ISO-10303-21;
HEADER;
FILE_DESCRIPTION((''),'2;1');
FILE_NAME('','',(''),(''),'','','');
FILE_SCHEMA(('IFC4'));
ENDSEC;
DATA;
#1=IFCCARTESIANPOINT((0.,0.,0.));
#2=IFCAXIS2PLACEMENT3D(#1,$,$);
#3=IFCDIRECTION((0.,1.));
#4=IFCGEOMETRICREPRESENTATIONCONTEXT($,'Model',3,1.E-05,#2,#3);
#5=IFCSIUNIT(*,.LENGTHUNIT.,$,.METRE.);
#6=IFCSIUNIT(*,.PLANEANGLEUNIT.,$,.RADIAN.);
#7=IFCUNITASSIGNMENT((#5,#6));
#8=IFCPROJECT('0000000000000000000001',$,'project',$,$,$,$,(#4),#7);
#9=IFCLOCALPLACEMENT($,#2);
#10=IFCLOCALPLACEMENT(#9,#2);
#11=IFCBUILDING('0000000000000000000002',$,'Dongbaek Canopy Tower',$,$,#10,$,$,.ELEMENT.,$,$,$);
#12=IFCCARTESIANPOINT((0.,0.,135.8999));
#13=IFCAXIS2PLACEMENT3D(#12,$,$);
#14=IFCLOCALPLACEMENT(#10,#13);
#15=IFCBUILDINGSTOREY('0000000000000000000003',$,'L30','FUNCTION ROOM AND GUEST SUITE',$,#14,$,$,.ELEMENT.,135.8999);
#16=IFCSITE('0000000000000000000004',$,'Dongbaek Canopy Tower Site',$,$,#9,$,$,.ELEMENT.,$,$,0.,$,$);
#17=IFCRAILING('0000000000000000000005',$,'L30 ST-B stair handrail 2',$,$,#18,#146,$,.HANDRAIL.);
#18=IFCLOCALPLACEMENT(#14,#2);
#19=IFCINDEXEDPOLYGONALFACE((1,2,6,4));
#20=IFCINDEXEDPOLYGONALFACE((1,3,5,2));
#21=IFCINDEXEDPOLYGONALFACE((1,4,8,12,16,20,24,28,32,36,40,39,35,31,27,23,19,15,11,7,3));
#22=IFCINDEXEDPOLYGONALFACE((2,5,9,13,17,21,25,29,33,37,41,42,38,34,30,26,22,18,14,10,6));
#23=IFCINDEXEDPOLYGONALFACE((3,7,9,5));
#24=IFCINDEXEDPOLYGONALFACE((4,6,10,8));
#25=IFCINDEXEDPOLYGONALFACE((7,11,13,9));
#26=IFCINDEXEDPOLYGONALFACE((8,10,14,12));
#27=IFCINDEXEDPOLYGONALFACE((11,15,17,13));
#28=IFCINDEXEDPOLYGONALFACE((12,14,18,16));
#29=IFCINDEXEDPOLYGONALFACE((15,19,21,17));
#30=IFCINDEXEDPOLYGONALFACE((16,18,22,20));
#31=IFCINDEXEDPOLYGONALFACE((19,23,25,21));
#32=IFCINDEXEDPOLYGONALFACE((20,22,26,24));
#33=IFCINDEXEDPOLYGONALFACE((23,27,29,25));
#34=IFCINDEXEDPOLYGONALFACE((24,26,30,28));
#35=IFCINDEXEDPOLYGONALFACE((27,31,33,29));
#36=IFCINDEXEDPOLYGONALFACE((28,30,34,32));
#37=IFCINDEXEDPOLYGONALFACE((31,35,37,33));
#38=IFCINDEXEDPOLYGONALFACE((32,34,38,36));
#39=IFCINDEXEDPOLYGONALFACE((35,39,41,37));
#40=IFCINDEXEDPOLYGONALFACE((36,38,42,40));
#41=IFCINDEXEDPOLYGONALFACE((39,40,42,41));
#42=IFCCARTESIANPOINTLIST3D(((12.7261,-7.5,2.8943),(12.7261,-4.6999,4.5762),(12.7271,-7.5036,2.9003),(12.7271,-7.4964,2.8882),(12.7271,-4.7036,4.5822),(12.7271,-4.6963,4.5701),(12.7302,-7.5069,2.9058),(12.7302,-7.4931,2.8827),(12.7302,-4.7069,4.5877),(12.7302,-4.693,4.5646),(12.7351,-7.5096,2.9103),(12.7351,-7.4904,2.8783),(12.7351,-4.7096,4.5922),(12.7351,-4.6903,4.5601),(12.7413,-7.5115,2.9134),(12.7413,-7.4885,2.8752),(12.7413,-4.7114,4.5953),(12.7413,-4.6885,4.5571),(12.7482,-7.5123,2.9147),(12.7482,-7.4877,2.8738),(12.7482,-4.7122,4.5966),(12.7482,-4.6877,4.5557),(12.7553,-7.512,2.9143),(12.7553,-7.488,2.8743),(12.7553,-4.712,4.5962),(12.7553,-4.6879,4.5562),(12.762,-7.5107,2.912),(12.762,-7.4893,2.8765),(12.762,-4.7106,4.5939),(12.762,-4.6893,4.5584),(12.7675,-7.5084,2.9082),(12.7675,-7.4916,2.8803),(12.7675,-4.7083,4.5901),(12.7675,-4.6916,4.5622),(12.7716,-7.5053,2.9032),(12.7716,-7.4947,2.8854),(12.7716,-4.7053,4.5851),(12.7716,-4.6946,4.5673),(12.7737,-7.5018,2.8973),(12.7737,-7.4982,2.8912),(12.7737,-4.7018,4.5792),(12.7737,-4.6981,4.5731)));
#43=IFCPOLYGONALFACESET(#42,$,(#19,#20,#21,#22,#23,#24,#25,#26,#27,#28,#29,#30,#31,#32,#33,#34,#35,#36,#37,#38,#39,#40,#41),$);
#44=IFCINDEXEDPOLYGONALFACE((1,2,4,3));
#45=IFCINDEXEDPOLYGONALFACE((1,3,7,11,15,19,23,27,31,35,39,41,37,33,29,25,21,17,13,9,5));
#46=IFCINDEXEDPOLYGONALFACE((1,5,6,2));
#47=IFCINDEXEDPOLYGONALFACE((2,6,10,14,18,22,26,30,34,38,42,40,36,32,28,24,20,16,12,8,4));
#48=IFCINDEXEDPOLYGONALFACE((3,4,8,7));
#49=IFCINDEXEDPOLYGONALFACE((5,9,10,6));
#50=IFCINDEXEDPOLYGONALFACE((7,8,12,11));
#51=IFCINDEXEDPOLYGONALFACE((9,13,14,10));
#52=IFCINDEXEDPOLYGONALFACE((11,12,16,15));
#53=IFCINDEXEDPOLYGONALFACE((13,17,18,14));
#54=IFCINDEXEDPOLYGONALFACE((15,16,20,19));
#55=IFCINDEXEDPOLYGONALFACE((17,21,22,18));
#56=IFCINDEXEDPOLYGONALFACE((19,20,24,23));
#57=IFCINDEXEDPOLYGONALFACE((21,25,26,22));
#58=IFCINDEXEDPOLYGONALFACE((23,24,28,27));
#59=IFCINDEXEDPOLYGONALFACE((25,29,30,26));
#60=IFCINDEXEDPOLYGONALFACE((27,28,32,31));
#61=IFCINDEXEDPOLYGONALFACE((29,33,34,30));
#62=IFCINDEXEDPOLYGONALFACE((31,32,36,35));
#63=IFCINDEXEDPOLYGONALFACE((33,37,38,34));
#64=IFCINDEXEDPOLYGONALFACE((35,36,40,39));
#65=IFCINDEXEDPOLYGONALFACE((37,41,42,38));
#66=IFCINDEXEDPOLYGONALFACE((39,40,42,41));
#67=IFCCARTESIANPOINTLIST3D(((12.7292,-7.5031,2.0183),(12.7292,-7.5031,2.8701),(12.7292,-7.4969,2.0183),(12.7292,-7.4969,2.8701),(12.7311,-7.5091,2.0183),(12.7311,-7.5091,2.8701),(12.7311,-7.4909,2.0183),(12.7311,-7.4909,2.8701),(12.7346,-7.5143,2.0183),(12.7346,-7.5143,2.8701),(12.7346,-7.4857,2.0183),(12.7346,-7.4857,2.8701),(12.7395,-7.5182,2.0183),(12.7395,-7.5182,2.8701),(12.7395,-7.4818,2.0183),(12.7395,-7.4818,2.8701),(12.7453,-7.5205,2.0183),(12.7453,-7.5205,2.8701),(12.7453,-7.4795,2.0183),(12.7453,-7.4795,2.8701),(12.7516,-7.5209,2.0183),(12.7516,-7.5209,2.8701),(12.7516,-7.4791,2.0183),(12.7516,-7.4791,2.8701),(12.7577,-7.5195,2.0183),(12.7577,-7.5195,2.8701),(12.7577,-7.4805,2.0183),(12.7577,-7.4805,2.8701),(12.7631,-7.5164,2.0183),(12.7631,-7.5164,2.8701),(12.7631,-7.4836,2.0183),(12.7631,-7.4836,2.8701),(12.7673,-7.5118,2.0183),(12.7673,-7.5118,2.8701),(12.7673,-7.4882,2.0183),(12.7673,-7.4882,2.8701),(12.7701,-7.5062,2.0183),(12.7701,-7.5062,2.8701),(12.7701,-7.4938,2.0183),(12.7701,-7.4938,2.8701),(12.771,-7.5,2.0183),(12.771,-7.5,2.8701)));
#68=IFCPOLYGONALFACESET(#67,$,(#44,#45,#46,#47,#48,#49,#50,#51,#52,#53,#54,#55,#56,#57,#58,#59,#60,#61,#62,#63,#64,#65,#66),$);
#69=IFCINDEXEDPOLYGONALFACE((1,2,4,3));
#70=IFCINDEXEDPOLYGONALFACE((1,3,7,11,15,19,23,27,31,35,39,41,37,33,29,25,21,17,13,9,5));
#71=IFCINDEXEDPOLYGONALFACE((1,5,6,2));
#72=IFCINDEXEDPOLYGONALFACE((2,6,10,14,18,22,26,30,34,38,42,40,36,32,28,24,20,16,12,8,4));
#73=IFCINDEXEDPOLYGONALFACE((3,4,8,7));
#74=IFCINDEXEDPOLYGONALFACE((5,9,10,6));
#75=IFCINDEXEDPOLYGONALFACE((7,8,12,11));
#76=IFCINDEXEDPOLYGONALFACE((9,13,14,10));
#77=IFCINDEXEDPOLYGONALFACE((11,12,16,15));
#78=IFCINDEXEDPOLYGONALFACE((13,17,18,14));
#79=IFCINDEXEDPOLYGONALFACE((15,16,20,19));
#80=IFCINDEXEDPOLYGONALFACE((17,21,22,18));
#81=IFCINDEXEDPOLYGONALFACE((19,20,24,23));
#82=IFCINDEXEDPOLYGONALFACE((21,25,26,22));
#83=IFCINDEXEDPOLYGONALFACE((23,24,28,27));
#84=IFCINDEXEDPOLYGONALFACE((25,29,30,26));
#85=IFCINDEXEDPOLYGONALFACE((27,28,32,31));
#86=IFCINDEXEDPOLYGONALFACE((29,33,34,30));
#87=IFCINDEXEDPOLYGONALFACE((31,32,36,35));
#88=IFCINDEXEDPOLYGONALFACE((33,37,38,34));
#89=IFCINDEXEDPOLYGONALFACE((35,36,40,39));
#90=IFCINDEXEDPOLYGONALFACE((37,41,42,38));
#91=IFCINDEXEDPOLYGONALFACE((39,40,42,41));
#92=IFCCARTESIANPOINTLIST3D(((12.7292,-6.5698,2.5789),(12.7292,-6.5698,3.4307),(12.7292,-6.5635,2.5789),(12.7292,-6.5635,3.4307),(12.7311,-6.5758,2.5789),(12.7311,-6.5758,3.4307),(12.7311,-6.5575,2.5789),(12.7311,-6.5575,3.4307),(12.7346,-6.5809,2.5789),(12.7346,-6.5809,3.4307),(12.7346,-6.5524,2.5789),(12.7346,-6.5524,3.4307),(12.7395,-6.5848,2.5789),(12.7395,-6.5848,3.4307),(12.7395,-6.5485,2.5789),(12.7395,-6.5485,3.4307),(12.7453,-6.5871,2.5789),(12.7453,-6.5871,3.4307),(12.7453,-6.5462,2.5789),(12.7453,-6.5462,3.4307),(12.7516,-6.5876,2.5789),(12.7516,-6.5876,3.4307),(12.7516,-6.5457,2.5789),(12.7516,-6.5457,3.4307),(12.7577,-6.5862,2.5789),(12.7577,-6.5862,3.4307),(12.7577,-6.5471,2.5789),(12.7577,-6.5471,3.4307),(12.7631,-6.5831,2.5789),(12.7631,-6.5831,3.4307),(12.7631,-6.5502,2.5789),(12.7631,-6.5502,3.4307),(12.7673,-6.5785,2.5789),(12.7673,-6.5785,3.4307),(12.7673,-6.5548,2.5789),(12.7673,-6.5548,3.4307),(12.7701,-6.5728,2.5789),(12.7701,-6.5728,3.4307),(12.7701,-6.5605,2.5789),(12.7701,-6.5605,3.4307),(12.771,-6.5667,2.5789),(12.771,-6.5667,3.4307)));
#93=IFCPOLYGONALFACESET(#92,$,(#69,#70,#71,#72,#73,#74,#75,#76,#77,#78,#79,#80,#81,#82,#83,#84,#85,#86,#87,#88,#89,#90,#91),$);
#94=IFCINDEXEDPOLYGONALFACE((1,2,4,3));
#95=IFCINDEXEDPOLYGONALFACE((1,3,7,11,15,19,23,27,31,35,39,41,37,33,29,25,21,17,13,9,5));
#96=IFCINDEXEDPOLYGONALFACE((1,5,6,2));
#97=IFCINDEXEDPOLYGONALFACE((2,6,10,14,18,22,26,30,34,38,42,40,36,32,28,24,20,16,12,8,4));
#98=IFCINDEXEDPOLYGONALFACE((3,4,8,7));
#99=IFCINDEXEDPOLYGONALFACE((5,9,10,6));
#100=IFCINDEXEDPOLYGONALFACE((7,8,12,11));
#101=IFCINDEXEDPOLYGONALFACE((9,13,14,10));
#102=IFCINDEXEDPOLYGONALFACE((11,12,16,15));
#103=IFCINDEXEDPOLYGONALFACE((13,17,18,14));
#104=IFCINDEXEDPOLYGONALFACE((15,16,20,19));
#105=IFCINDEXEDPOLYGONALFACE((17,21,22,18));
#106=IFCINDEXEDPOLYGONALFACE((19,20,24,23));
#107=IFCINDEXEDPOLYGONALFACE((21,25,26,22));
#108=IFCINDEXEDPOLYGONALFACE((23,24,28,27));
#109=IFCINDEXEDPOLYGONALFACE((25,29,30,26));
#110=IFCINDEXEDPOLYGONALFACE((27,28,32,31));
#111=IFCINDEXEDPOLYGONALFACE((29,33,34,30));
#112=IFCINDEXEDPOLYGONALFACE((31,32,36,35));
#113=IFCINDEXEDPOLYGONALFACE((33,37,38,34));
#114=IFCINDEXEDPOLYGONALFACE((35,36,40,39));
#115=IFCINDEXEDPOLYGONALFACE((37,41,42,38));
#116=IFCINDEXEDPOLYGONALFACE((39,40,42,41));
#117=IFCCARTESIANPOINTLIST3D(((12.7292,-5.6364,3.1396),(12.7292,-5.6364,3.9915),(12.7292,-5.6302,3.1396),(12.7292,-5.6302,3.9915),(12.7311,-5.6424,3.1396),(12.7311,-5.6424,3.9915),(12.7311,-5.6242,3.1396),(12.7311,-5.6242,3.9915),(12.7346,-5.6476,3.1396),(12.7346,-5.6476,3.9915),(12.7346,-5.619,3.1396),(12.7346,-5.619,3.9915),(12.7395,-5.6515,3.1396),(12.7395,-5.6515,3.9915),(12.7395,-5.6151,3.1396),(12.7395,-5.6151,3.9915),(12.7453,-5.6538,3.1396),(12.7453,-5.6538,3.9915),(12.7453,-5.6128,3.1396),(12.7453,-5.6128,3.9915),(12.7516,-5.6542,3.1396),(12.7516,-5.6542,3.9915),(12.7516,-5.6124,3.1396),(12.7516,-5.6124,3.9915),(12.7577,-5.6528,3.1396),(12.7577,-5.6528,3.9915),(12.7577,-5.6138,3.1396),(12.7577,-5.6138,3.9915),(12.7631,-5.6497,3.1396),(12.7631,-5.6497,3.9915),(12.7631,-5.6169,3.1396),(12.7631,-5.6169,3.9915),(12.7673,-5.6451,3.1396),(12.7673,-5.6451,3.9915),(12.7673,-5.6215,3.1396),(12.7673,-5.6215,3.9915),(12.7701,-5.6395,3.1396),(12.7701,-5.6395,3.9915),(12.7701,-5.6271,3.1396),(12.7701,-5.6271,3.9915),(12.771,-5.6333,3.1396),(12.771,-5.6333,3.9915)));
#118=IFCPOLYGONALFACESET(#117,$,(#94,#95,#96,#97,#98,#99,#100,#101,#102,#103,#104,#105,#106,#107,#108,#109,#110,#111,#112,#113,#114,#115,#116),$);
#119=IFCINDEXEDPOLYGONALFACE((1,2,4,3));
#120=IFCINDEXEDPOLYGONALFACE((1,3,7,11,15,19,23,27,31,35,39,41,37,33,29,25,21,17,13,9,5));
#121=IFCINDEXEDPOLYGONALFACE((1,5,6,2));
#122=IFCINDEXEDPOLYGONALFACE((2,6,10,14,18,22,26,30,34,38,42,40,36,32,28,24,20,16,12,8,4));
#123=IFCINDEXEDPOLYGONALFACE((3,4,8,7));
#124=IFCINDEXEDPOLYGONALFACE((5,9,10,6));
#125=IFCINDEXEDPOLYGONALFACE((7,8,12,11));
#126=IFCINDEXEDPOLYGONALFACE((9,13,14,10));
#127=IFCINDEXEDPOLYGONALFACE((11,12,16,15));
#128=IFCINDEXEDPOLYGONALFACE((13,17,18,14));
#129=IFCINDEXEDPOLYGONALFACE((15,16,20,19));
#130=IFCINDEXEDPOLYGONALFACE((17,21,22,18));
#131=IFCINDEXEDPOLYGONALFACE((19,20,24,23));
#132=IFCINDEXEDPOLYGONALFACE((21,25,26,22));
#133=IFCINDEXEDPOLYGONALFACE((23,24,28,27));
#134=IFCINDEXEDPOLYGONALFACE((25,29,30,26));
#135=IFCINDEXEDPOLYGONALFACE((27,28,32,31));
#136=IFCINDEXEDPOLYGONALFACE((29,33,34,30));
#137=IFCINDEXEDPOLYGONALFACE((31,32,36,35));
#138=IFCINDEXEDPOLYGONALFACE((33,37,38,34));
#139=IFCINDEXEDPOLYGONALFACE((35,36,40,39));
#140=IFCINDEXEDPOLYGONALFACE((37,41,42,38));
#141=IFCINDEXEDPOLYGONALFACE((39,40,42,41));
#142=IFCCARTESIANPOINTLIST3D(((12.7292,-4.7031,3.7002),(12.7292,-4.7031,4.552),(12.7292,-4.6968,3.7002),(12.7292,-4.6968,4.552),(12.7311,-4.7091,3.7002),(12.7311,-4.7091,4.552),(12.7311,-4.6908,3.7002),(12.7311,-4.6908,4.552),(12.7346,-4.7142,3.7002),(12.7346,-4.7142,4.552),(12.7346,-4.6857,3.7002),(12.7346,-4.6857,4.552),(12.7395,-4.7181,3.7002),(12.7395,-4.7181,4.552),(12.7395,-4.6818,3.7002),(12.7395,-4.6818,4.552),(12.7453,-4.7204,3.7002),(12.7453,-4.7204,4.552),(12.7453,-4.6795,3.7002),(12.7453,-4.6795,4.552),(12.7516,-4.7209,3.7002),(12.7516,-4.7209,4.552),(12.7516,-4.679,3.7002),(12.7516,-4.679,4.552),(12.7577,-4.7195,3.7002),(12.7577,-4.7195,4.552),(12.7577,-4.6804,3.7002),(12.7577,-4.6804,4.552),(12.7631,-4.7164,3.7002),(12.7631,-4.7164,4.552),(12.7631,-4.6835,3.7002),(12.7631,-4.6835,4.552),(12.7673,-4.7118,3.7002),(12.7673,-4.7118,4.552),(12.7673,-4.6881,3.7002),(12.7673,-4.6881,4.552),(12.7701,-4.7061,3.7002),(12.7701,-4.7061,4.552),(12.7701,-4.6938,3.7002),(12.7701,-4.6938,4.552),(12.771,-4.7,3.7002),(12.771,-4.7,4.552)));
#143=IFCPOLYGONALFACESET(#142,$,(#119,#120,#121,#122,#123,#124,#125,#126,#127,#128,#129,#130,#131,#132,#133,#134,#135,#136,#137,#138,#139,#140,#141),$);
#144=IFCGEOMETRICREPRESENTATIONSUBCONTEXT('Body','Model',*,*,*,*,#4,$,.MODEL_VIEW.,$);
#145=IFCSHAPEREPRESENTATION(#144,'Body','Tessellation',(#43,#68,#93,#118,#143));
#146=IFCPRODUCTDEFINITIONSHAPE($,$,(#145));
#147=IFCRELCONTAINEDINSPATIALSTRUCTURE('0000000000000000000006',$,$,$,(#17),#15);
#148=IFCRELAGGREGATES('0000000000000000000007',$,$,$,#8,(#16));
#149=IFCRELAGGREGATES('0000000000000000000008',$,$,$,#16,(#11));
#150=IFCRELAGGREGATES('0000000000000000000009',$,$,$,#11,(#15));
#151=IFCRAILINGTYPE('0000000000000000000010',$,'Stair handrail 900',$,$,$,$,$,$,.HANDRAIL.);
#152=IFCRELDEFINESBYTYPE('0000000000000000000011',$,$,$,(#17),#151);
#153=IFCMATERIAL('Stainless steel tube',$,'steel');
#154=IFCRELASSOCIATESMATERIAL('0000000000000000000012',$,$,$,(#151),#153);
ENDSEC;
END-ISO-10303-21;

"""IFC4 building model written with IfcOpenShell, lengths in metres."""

from ifc_helpers import new_model, si_unit, direction, frame, origin, origin_2d, place, context, subcontext, project, spatial, circle, extrude, material, type_object, element, save


model = new_model("IFC4")

# Units and contexts
model_context = context("Model", 3, precision=1e-05, world=origin(), true_north=direction((0.0, 1.0)))
body_context = subcontext(model_context, "Body", "Model", "MODEL_VIEW")
ifc_project = project(units=[si_unit("LENGTHUNIT", "METRE"), si_unit("PLANEANGLEUNIT", "RADIAN")], contexts=[model_context])

# Site, building, storey
site_placement = place(None, origin())
site = spatial("IfcSite", under=ifc_project, at=site_placement, Name="Dongbaek Canopy Tower Site", CompositionType="ELEMENT", RefElevation=0.0)
building_placement = place(site_placement, origin())
building = spatial("IfcBuilding", under=site, at=building_placement, Name="Dongbaek Canopy Tower", CompositionType="ELEMENT")
storey_placement = place(building_placement, frame((0.0, 0.0, 135.8999)))
storey = spatial("IfcBuildingStorey", under=building, at=storey_placement, Name="L30", Description="FUNCTION ROOM AND GUEST SUITE", CompositionType="ELEMENT", Elevation=135.8999)

# Railing
ifc_material_1 = material(Name="Stainless steel tube", Category="steel")
railing_type_1 = type_object("IfcRailingType", Name="Stair handrail 900", PredefinedType="HANDRAIL", material=ifc_material_1)
railing_1_placement = place(storey_placement, frame((12.75, -7.5, 2.0183)))
element("IfcRailing", 1, at=railing_1_placement, inside=storey, type_object=railing_type_1, Name="L30 ST-B stair handrail 2", PredefinedType="HANDRAIL", context=body_context, shape_type="SweptSolid", body=[
    extrude(circle(Radius=0.0239, at=origin_2d()), frame((0.0, 0.0, 0.876), z_axis=(0.0, 0.857242, 0.514913), x_axis=(-1.0, 0.0, 0.0)), (0.0, 0.0, 1.0), 3.2664),
    extrude(circle(Radius=0.021, at=origin_2d()), origin(), (0.0, 0.0, 1.0), 0.8518),
    extrude(circle(Radius=0.021, at=origin_2d()), frame((0.0, 0.9333, 0.5605)), (0.0, 0.0, 1.0), 0.8518),
    extrude(circle(Radius=0.021, at=origin_2d()), frame((0.0, 1.8667, 1.1213)), (0.0, 0.0, 1.0), 0.8518),
    extrude(circle(Radius=0.021, at=origin_2d()), frame((0.0, 2.8, 1.6819)), (0.0, 0.0, 1.0), 0.8518),
])

save(model, "model.ifc")
